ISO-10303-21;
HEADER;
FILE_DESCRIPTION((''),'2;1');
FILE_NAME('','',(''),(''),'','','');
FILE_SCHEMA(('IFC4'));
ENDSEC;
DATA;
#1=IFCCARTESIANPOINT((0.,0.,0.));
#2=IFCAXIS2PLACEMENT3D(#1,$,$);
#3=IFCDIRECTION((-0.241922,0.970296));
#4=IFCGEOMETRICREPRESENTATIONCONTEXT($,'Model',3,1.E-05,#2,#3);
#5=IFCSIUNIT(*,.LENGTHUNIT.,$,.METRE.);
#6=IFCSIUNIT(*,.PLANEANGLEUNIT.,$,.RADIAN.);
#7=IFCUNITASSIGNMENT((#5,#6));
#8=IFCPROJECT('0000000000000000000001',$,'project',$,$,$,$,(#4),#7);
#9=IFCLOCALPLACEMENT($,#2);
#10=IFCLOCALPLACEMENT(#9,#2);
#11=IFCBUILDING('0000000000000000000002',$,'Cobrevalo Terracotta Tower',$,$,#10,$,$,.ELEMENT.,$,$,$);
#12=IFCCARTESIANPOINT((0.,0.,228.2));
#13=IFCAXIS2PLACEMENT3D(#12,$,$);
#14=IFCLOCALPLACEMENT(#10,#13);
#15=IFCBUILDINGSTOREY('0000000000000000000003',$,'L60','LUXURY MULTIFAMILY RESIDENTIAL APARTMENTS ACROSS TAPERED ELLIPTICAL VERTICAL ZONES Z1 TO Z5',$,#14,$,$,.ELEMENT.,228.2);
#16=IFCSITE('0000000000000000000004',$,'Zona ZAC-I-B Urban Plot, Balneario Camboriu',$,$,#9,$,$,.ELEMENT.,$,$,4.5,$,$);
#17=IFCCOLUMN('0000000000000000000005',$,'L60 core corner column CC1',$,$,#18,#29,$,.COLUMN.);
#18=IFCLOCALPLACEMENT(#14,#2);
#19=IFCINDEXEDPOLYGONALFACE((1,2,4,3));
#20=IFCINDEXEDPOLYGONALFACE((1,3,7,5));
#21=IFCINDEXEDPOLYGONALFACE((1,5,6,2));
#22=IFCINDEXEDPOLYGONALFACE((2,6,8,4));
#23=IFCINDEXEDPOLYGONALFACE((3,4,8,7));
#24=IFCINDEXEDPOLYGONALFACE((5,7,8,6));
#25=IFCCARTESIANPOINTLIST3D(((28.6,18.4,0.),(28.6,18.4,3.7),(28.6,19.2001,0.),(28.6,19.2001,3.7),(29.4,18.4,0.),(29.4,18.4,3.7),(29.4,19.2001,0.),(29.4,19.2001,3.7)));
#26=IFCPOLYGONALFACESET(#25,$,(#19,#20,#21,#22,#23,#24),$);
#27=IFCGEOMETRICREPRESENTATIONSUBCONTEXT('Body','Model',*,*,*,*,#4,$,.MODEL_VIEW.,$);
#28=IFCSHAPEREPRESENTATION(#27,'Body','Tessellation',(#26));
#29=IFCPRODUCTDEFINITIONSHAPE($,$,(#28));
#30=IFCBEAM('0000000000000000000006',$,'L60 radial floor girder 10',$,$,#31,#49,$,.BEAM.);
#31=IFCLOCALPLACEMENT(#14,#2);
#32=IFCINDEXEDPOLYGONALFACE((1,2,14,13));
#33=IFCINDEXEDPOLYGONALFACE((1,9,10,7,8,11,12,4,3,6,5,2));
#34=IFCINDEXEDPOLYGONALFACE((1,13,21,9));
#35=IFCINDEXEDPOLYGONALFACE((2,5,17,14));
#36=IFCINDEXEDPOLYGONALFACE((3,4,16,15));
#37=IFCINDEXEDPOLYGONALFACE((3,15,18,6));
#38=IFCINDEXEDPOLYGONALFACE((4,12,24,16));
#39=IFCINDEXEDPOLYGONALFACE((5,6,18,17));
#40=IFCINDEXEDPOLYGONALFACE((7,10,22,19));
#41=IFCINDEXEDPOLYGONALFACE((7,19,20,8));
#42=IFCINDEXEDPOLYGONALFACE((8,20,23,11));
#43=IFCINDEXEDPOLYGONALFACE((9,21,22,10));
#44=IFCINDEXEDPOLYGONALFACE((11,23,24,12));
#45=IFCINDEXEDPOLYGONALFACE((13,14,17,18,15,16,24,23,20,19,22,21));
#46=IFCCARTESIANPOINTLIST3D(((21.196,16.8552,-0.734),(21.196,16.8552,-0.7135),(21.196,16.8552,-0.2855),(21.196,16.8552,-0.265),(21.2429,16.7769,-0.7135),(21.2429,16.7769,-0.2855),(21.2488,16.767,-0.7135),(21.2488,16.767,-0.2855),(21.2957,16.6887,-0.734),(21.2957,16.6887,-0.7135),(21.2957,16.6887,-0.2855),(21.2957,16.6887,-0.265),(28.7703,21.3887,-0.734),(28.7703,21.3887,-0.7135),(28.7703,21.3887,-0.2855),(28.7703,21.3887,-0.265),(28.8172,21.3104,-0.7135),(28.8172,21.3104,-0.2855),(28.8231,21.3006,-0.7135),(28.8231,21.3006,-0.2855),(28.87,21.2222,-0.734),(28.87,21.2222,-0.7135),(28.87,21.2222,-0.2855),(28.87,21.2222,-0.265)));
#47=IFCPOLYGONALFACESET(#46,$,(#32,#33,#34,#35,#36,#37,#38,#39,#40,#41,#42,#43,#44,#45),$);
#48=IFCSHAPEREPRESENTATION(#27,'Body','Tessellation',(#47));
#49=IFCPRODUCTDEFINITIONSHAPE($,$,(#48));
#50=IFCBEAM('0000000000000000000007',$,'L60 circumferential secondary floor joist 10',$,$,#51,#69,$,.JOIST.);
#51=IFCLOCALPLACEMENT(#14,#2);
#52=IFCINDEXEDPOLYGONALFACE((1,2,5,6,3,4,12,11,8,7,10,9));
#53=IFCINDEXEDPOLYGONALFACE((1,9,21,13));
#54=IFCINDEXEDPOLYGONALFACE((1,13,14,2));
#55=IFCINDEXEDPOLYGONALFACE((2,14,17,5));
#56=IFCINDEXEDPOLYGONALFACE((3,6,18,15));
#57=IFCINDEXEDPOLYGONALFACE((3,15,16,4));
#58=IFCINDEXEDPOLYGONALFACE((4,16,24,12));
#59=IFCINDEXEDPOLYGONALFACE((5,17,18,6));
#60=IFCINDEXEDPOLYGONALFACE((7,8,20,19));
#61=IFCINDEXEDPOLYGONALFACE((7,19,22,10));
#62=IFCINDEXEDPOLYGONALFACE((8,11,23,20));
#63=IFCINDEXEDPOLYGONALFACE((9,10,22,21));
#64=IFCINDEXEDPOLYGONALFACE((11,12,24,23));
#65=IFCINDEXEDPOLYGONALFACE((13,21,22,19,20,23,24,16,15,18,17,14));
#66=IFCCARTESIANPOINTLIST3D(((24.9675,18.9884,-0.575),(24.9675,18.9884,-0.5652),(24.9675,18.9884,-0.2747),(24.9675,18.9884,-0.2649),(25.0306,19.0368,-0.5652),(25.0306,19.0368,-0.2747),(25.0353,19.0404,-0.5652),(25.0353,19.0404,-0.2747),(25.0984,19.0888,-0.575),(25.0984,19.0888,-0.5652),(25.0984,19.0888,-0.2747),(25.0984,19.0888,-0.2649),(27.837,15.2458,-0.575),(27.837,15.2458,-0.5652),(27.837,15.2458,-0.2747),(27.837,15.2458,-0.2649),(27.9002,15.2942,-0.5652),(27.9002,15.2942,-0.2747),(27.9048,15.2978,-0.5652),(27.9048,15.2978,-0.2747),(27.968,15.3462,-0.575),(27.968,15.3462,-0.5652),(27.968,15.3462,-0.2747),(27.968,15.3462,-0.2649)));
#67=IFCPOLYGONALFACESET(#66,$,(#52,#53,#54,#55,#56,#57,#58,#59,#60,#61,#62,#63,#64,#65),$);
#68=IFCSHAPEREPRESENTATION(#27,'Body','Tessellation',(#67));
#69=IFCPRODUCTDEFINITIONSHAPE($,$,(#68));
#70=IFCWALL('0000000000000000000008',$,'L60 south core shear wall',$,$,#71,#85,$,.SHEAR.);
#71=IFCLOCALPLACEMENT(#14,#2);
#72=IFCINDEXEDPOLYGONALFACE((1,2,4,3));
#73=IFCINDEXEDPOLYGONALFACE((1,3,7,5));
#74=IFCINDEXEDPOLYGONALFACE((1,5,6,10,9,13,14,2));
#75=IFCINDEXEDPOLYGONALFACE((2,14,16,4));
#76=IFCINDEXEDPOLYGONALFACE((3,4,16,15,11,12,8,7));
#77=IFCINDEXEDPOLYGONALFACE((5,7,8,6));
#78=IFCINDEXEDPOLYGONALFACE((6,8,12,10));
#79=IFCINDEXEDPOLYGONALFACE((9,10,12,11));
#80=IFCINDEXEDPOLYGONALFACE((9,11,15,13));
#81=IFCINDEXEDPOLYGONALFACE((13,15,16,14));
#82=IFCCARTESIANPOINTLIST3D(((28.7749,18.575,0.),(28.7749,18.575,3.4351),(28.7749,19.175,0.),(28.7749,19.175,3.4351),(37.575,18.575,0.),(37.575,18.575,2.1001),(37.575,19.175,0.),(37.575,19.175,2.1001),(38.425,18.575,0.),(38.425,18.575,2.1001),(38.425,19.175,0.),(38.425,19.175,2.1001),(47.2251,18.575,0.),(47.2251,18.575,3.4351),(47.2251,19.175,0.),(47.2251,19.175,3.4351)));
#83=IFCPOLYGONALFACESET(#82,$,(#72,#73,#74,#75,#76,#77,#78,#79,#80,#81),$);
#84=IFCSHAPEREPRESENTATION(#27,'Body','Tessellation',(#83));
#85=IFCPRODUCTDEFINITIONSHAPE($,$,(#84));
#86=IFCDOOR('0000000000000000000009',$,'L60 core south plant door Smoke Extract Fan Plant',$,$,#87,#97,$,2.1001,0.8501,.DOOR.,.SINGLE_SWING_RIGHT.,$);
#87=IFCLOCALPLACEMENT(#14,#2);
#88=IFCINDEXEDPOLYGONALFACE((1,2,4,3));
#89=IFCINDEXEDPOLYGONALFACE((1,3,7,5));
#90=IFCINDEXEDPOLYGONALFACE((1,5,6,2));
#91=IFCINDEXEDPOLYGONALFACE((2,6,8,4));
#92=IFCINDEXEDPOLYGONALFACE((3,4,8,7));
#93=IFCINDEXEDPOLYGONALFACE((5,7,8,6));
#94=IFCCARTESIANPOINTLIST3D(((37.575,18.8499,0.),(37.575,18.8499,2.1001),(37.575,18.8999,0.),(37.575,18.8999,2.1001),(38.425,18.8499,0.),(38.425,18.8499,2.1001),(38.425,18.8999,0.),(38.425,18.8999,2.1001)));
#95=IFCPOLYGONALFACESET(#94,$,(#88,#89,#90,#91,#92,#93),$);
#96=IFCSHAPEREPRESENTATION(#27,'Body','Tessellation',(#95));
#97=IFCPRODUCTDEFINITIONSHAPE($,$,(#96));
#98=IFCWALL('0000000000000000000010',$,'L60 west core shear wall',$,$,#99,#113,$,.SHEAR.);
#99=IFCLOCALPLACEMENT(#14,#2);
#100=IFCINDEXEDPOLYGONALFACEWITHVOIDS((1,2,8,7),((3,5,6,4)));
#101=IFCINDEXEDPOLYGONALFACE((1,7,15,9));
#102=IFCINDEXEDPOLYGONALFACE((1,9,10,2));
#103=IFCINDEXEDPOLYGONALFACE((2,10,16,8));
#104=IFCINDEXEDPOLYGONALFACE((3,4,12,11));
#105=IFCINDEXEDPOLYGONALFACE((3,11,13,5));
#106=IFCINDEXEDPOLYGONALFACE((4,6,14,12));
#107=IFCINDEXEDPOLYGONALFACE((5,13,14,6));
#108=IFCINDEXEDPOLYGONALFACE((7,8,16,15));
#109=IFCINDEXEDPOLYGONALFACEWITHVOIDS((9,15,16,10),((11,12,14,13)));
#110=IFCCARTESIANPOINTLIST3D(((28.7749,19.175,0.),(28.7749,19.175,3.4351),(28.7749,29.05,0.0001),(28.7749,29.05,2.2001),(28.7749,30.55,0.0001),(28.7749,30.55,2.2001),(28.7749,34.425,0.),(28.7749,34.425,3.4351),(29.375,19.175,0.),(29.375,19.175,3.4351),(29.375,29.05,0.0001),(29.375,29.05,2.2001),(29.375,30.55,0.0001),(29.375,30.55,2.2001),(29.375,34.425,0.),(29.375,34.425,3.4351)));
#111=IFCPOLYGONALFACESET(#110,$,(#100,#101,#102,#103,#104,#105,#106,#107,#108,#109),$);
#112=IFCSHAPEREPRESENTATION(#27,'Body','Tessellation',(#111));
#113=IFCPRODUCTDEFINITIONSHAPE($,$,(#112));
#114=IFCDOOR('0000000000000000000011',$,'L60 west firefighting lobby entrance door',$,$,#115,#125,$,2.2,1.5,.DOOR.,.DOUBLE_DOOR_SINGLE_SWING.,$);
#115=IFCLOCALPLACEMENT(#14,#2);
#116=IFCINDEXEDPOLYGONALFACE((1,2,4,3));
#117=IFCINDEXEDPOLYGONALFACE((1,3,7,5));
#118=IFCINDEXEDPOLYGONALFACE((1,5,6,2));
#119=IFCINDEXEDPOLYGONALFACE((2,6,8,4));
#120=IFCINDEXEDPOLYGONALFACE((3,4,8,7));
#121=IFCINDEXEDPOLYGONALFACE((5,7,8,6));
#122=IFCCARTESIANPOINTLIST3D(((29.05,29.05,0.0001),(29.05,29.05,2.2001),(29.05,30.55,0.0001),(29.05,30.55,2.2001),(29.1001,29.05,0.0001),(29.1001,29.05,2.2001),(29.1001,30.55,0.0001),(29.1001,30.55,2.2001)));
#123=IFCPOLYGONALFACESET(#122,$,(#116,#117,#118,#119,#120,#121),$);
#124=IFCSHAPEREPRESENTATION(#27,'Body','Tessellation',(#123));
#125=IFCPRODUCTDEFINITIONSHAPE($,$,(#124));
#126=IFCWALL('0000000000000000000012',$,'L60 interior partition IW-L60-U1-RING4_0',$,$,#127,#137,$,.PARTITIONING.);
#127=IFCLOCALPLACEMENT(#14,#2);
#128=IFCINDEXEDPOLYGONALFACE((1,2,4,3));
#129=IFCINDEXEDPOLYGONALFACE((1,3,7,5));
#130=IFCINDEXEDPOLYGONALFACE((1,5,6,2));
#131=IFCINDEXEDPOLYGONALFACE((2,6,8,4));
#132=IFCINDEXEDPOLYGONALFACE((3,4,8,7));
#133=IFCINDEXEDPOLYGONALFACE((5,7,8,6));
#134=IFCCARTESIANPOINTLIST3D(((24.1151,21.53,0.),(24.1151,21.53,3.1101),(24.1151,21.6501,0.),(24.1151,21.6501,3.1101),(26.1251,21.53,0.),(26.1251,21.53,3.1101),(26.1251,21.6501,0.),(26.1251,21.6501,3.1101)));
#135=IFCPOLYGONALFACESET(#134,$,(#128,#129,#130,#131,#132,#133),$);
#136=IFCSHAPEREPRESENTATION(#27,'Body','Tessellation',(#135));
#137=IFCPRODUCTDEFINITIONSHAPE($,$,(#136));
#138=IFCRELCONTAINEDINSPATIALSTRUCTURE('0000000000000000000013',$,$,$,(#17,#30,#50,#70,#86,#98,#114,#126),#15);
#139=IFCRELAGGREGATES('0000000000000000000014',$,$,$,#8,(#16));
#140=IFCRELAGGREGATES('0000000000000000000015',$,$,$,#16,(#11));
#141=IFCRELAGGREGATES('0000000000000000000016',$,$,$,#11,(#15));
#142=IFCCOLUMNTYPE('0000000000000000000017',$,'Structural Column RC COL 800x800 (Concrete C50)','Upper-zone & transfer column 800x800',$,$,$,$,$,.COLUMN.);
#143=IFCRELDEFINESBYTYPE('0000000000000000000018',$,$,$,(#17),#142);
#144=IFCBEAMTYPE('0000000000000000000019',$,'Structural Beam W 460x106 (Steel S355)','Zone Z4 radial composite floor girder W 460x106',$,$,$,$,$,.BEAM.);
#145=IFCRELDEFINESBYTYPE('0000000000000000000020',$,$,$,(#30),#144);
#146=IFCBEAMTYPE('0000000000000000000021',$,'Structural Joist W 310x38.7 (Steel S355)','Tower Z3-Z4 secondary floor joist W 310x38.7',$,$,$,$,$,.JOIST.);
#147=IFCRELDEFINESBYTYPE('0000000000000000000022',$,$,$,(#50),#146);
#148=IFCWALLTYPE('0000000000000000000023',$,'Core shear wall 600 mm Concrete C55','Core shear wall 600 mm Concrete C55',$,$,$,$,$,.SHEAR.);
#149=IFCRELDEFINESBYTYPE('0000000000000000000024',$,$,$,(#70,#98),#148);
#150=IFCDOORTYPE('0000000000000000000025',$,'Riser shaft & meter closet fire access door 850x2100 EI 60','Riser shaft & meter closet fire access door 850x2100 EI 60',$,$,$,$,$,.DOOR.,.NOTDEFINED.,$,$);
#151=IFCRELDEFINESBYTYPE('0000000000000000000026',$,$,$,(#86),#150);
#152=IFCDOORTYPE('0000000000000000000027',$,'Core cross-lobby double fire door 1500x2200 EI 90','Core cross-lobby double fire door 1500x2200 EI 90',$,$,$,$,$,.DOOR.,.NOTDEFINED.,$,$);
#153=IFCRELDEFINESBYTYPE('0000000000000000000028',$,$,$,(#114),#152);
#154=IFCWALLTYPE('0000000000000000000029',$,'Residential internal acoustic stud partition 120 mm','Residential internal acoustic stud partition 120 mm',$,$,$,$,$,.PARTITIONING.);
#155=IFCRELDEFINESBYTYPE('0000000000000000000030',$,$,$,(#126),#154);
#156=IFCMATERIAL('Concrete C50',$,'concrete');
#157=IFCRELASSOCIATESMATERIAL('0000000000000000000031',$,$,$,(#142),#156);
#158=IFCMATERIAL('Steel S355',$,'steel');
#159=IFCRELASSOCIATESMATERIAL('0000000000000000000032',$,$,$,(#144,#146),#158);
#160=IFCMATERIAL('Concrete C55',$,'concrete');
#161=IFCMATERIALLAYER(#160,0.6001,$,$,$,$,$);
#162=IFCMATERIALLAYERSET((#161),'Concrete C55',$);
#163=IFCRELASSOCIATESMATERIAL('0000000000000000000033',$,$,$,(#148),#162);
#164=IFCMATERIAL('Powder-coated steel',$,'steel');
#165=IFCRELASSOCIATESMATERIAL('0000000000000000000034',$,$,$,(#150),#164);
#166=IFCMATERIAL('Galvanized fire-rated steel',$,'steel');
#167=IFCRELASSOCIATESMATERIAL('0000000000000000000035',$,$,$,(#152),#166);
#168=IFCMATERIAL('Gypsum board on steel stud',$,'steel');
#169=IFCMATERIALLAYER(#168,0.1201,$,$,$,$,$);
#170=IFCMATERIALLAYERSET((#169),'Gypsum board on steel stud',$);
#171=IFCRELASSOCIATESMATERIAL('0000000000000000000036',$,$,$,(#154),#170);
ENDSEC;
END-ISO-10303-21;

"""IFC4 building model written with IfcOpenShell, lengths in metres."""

from ifc_helpers import new_model, si_unit, direction, frame, frame_2d, origin, origin_2d, place, context, subcontext, project, spatial, rectangle, i_section, extrude, source, transform, mapped, material, layer, layer_set, material_profile, profile_set, type_object, element, fill, save


model = new_model("IFC4")

# Units and contexts
model_context = context("Model", 3, precision=1e-05, world=origin(), true_north=direction((-0.241922, 0.970296)))
body_context = subcontext(model_context, "Body", "Model", "MODEL_VIEW")
ifc_project = project(units=[si_unit("LENGTHUNIT", "METRE"), si_unit("PLANEANGLEUNIT", "RADIAN")], contexts=[model_context])

# Site, building, storey
site_placement = place(None, origin())
site = spatial("IfcSite", under=ifc_project, at=site_placement, Name="Zona ZAC-I-B Urban Plot, Balneario Camboriu", CompositionType="ELEMENT", RefElevation=4.5)
building_placement = place(site_placement, origin())
building = spatial("IfcBuilding", under=site, at=building_placement, Name="Cobrevalo Terracotta Tower", CompositionType="ELEMENT")
storey_placement = place(building_placement, frame((0.0, 0.0, 228.2)))
storey = spatial("IfcBuildingStorey", under=building, at=storey_placement, Name="L60", Description="LUXURY MULTIFAMILY RESIDENTIAL APARTMENTS ACROSS TAPERED ELLIPTICAL VERTICAL ZONES Z1 TO Z5", CompositionType="ELEMENT", Elevation=228.2)

# Column
ifc_material_1 = material(Name="Concrete C50", Category="concrete")
ifc_material_profile_1 = material_profile(ifc_material_1, rectangle(XDim=0.8, YDim=0.8, at=origin_2d()), Name="RC COL 800x800")
ifc_profile_set_1 = profile_set([ifc_material_profile_1], Name="Concrete C50")
column_type = type_object("IfcColumnType", Name="Structural Column RC COL 800x800 (Concrete C50)", Description="Upper-zone & transfer column 800x800", PredefinedType="COLUMN", material=ifc_profile_set_1)
column_placement = place(storey_placement, frame((29.0, 18.8, 0.0), z_axis=(0.0, 0.0, 1.0), x_axis=(1.0, 0.0, 0.0)))
element("IfcColumn", 1, at=column_placement, inside=storey, type_object=column_type, Name="L60 core corner column CC1", PredefinedType="COLUMN", context=body_context, shape_type="SweptSolid", body=[
    extrude(rectangle(XDim=0.8, YDim=0.8, at=origin_2d()), origin(), (0.0, 0.0, 1.0), 3.7),
])

# Beams
ifc_material_2 = material(Name="Steel S355", Category="steel")
ifc_material_profile_2 = material_profile(ifc_material_2, i_section(OverallWidth=0.1941, OverallDepth=0.469, WebThickness=0.0115, FlangeThickness=0.0205, at=origin_2d()), Name="W 460x106")
ifc_profile_set_2 = profile_set([ifc_material_profile_2], Name="Steel S355")
beam_type_1 = type_object("IfcBeamType", Name="Structural Beam W 460x106 (Steel S355)", Description="Zone Z4 radial composite floor girder W 460x106", PredefinedType="BEAM", material=ifc_profile_set_2)
beam_1_placement = place(storey_placement, frame((21.2458, 16.772, -0.4995), z_axis=(0.858046, 0.513572, 0.0), x_axis=(-0.513572, 0.858046, 0.0)))
element("IfcBeam", 2, at=beam_1_placement, inside=storey, type_object=beam_type_1, Name="L60 radial floor girder 10", PredefinedType="BEAM", context=body_context, shape_type="SweptSolid", body=[
    extrude(i_section(OverallWidth=0.1941, OverallDepth=0.469, WebThickness=0.0115, FlangeThickness=0.0205, at=origin_2d()), origin(), (0.0, 0.0, 1.0), 8.8274),
])
ifc_material_profile_3 = material_profile(ifc_material_2, i_section(OverallWidth=0.165, OverallDepth=0.3101, WebThickness=0.0059, FlangeThickness=0.0098, at=origin_2d()), Name="W 310x38.7")
ifc_profile_set_3 = profile_set([ifc_material_profile_3], Name="Steel S355")
beam_type_2 = type_object("IfcBeamType", Name="Structural Joist W 310x38.7 (Steel S355)", Description="Tower Z3-Z4 secondary floor joist W 310x38.7", PredefinedType="JOIST", material=ifc_profile_set_3)
beam_2_placement = place(storey_placement, frame((25.033, 19.0386, -0.4199), z_axis=(0.608464, -0.793581, 0.0), x_axis=(0.793581, 0.608464, 0.0)))
element("IfcBeam", 3, at=beam_2_placement, inside=storey, type_object=beam_type_2, Name="L60 circumferential secondary floor joist 10", PredefinedType="JOIST", context=body_context, shape_type="SweptSolid", body=[
    extrude(i_section(OverallWidth=0.165, OverallDepth=0.3101, WebThickness=0.0059, FlangeThickness=0.0098, at=origin_2d()), origin(), (0.0, 0.0, 1.0), 4.7161),
])

# Walls, openings, doors
ifc_material_3 = material(Name="Concrete C55", Category="concrete")
ifc_layer_1 = layer(ifc_material_3, 0.6001)
ifc_layer_set_1 = layer_set([ifc_layer_1], Name="Concrete C55")
wall_type_1 = type_object("IfcWallType", Name="Core shear wall 600 mm Concrete C55", Description="Core shear wall 600 mm Concrete C55", PredefinedType="SHEAR", material=ifc_layer_set_1)
wall_1_placement = place(storey_placement, frame((28.7749, 18.875, 0.0), z_axis=(0.0, 0.0, 1.0), x_axis=(1.0, 0.0, 0.0)))
wall_1 = element("IfcWall", 4, at=wall_1_placement, inside=storey, type_object=wall_type_1, Name="L60 south core shear wall", PredefinedType="SHEAR", context=body_context, shape_type="SweptSolid", body=[
    extrude(rectangle(XDim=18.4502, YDim=0.6001, at=frame_2d((9.2251, 0.0))), origin(), (0.0, 0.0, 1.0), 3.4351),
])
opening_1_placement = place(wall_1_placement, frame((8.8, 0.0, 0.0)))
opening_1 = element("IfcOpeningElement", 5, at=opening_1_placement, cuts=wall_1, PredefinedType="OPENING", context=body_context, shape_type="SweptSolid", body=[
    extrude(rectangle(XDim=0.8501, YDim=2.1001, at=frame_2d((0.425, 1.05))), frame((0.0, 0.3101, 0.0), z_axis=(0.0, -1.0, 0.0), x_axis=(1.0, 0.0, 0.0)), (0.0, 0.0, 1.0), 0.6201),
])
ifc_material_4 = material(Name="Powder-coated steel", Category="steel")
door_type_1 = type_object("IfcDoorType", Name="Riser shaft & meter closet fire access door 850x2100 EI 60", Description="Riser shaft & meter closet fire access door 850x2100 EI 60", OperationType="NOTDEFINED", PredefinedType="DOOR", material=ifc_material_4)
shared_shape_1 = source(origin(), body_context, "Body", "SweptSolid", [
    extrude(rectangle(XDim=0.8501, YDim=2.1001, at=frame_2d((0.425, 1.05))), frame((0.0, 0.0249, 0.0), z_axis=(0.0, -1.0, 0.0), x_axis=(1.0, 0.0, 0.0)), (0.0, 0.0, 1.0), 0.05),
])
door_1_placement = place(opening_1_placement, origin())
door_1 = element("IfcDoor", 6, at=door_1_placement, inside=storey, type_object=door_type_1, Name="L60 core south plant door Smoke Extract Fan Plant", OperationType="SINGLE_SWING_RIGHT", OverallHeight=2.1001, OverallWidth=0.8501, PredefinedType="DOOR", context=body_context, shape_type="MappedRepresentation", body=[
    mapped(shared_shape_1, transform((0.0, 0.0, 0.0), scale=1.0)),
])
fill(opening_1, door_1)
wall_2_placement = place(storey_placement, frame((29.075, 19.175, 0.0), z_axis=(0.0, 0.0, 1.0), x_axis=(0.0, 1.0, 0.0)))
wall_2 = element("IfcWall", 7, at=wall_2_placement, inside=storey, type_object=wall_type_1, Name="L60 west core shear wall", PredefinedType="SHEAR", context=body_context, shape_type="SweptSolid", body=[
    extrude(rectangle(XDim=15.25, YDim=0.6001, at=frame_2d((7.625, 0.0))), origin(), (0.0, 0.0, 1.0), 3.4351),
])
opening_2_placement = place(wall_2_placement, frame((9.875, 0.0, 0.0)))
opening_2 = element("IfcOpeningElement", 8, at=opening_2_placement, cuts=wall_2, PredefinedType="OPENING", context=body_context, shape_type="SweptSolid", body=[
    extrude(rectangle(XDim=1.5, YDim=2.2, at=frame_2d((0.75, 1.1001))), frame((0.0, 0.3101, 0.0), z_axis=(0.0, -1.0, 0.0), x_axis=(1.0, 0.0, 0.0)), (0.0, 0.0, 1.0), 0.6201),
])
ifc_material_5 = material(Name="Galvanized fire-rated steel", Category="steel")
door_type_2 = type_object("IfcDoorType", Name="Core cross-lobby double fire door 1500x2200 EI 90", Description="Core cross-lobby double fire door 1500x2200 EI 90", OperationType="NOTDEFINED", PredefinedType="DOOR", material=ifc_material_5)
shared_shape_2 = source(origin(), body_context, "Body", "SweptSolid", [
    extrude(rectangle(XDim=1.5, YDim=2.2, at=frame_2d((0.75, 1.1001))), frame((0.0, 0.0249, 0.0), z_axis=(0.0, -1.0, 0.0), x_axis=(1.0, 0.0, 0.0)), (0.0, 0.0, 1.0), 0.05),
])
door_2_placement = place(opening_2_placement, origin())
door_2 = element("IfcDoor", 9, at=door_2_placement, inside=storey, type_object=door_type_2, Name="L60 west firefighting lobby entrance door", OperationType="DOUBLE_DOOR_SINGLE_SWING", OverallHeight=2.2, OverallWidth=1.5, PredefinedType="DOOR", context=body_context, shape_type="MappedRepresentation", body=[
    mapped(shared_shape_2, transform((0.0, 0.0, 0.0), scale=1.0)),
])
fill(opening_2, door_2)

# Wall
ifc_material_6 = material(Name="Gypsum board on steel stud", Category="steel")
ifc_layer_2 = layer(ifc_material_6, 0.1201)
ifc_layer_set_2 = layer_set([ifc_layer_2], Name="Gypsum board on steel stud")
wall_type_2 = type_object("IfcWallType", Name="Residential internal acoustic stud partition 120 mm", Description="Residential internal acoustic stud partition 120 mm", PredefinedType="PARTITIONING", material=ifc_layer_set_2)
wall_3_placement = place(storey_placement, frame((26.125, 21.5901, 0.0), z_axis=(0.0, 0.0, 1.0), x_axis=(-1.0, 0.0, 0.0)))
element("IfcWall", 10, at=wall_3_placement, inside=storey, type_object=wall_type_2, Name="L60 interior partition IW-L60-U1-RING4_0", PredefinedType="PARTITIONING", context=body_context, shape_type="SweptSolid", body=[
    extrude(rectangle(XDim=2.01, YDim=0.1201, at=frame_2d((1.0049, 0.0))), origin(), (0.0, 0.0, 1.0), 3.1101),
])

save(model, "model.ifc")
